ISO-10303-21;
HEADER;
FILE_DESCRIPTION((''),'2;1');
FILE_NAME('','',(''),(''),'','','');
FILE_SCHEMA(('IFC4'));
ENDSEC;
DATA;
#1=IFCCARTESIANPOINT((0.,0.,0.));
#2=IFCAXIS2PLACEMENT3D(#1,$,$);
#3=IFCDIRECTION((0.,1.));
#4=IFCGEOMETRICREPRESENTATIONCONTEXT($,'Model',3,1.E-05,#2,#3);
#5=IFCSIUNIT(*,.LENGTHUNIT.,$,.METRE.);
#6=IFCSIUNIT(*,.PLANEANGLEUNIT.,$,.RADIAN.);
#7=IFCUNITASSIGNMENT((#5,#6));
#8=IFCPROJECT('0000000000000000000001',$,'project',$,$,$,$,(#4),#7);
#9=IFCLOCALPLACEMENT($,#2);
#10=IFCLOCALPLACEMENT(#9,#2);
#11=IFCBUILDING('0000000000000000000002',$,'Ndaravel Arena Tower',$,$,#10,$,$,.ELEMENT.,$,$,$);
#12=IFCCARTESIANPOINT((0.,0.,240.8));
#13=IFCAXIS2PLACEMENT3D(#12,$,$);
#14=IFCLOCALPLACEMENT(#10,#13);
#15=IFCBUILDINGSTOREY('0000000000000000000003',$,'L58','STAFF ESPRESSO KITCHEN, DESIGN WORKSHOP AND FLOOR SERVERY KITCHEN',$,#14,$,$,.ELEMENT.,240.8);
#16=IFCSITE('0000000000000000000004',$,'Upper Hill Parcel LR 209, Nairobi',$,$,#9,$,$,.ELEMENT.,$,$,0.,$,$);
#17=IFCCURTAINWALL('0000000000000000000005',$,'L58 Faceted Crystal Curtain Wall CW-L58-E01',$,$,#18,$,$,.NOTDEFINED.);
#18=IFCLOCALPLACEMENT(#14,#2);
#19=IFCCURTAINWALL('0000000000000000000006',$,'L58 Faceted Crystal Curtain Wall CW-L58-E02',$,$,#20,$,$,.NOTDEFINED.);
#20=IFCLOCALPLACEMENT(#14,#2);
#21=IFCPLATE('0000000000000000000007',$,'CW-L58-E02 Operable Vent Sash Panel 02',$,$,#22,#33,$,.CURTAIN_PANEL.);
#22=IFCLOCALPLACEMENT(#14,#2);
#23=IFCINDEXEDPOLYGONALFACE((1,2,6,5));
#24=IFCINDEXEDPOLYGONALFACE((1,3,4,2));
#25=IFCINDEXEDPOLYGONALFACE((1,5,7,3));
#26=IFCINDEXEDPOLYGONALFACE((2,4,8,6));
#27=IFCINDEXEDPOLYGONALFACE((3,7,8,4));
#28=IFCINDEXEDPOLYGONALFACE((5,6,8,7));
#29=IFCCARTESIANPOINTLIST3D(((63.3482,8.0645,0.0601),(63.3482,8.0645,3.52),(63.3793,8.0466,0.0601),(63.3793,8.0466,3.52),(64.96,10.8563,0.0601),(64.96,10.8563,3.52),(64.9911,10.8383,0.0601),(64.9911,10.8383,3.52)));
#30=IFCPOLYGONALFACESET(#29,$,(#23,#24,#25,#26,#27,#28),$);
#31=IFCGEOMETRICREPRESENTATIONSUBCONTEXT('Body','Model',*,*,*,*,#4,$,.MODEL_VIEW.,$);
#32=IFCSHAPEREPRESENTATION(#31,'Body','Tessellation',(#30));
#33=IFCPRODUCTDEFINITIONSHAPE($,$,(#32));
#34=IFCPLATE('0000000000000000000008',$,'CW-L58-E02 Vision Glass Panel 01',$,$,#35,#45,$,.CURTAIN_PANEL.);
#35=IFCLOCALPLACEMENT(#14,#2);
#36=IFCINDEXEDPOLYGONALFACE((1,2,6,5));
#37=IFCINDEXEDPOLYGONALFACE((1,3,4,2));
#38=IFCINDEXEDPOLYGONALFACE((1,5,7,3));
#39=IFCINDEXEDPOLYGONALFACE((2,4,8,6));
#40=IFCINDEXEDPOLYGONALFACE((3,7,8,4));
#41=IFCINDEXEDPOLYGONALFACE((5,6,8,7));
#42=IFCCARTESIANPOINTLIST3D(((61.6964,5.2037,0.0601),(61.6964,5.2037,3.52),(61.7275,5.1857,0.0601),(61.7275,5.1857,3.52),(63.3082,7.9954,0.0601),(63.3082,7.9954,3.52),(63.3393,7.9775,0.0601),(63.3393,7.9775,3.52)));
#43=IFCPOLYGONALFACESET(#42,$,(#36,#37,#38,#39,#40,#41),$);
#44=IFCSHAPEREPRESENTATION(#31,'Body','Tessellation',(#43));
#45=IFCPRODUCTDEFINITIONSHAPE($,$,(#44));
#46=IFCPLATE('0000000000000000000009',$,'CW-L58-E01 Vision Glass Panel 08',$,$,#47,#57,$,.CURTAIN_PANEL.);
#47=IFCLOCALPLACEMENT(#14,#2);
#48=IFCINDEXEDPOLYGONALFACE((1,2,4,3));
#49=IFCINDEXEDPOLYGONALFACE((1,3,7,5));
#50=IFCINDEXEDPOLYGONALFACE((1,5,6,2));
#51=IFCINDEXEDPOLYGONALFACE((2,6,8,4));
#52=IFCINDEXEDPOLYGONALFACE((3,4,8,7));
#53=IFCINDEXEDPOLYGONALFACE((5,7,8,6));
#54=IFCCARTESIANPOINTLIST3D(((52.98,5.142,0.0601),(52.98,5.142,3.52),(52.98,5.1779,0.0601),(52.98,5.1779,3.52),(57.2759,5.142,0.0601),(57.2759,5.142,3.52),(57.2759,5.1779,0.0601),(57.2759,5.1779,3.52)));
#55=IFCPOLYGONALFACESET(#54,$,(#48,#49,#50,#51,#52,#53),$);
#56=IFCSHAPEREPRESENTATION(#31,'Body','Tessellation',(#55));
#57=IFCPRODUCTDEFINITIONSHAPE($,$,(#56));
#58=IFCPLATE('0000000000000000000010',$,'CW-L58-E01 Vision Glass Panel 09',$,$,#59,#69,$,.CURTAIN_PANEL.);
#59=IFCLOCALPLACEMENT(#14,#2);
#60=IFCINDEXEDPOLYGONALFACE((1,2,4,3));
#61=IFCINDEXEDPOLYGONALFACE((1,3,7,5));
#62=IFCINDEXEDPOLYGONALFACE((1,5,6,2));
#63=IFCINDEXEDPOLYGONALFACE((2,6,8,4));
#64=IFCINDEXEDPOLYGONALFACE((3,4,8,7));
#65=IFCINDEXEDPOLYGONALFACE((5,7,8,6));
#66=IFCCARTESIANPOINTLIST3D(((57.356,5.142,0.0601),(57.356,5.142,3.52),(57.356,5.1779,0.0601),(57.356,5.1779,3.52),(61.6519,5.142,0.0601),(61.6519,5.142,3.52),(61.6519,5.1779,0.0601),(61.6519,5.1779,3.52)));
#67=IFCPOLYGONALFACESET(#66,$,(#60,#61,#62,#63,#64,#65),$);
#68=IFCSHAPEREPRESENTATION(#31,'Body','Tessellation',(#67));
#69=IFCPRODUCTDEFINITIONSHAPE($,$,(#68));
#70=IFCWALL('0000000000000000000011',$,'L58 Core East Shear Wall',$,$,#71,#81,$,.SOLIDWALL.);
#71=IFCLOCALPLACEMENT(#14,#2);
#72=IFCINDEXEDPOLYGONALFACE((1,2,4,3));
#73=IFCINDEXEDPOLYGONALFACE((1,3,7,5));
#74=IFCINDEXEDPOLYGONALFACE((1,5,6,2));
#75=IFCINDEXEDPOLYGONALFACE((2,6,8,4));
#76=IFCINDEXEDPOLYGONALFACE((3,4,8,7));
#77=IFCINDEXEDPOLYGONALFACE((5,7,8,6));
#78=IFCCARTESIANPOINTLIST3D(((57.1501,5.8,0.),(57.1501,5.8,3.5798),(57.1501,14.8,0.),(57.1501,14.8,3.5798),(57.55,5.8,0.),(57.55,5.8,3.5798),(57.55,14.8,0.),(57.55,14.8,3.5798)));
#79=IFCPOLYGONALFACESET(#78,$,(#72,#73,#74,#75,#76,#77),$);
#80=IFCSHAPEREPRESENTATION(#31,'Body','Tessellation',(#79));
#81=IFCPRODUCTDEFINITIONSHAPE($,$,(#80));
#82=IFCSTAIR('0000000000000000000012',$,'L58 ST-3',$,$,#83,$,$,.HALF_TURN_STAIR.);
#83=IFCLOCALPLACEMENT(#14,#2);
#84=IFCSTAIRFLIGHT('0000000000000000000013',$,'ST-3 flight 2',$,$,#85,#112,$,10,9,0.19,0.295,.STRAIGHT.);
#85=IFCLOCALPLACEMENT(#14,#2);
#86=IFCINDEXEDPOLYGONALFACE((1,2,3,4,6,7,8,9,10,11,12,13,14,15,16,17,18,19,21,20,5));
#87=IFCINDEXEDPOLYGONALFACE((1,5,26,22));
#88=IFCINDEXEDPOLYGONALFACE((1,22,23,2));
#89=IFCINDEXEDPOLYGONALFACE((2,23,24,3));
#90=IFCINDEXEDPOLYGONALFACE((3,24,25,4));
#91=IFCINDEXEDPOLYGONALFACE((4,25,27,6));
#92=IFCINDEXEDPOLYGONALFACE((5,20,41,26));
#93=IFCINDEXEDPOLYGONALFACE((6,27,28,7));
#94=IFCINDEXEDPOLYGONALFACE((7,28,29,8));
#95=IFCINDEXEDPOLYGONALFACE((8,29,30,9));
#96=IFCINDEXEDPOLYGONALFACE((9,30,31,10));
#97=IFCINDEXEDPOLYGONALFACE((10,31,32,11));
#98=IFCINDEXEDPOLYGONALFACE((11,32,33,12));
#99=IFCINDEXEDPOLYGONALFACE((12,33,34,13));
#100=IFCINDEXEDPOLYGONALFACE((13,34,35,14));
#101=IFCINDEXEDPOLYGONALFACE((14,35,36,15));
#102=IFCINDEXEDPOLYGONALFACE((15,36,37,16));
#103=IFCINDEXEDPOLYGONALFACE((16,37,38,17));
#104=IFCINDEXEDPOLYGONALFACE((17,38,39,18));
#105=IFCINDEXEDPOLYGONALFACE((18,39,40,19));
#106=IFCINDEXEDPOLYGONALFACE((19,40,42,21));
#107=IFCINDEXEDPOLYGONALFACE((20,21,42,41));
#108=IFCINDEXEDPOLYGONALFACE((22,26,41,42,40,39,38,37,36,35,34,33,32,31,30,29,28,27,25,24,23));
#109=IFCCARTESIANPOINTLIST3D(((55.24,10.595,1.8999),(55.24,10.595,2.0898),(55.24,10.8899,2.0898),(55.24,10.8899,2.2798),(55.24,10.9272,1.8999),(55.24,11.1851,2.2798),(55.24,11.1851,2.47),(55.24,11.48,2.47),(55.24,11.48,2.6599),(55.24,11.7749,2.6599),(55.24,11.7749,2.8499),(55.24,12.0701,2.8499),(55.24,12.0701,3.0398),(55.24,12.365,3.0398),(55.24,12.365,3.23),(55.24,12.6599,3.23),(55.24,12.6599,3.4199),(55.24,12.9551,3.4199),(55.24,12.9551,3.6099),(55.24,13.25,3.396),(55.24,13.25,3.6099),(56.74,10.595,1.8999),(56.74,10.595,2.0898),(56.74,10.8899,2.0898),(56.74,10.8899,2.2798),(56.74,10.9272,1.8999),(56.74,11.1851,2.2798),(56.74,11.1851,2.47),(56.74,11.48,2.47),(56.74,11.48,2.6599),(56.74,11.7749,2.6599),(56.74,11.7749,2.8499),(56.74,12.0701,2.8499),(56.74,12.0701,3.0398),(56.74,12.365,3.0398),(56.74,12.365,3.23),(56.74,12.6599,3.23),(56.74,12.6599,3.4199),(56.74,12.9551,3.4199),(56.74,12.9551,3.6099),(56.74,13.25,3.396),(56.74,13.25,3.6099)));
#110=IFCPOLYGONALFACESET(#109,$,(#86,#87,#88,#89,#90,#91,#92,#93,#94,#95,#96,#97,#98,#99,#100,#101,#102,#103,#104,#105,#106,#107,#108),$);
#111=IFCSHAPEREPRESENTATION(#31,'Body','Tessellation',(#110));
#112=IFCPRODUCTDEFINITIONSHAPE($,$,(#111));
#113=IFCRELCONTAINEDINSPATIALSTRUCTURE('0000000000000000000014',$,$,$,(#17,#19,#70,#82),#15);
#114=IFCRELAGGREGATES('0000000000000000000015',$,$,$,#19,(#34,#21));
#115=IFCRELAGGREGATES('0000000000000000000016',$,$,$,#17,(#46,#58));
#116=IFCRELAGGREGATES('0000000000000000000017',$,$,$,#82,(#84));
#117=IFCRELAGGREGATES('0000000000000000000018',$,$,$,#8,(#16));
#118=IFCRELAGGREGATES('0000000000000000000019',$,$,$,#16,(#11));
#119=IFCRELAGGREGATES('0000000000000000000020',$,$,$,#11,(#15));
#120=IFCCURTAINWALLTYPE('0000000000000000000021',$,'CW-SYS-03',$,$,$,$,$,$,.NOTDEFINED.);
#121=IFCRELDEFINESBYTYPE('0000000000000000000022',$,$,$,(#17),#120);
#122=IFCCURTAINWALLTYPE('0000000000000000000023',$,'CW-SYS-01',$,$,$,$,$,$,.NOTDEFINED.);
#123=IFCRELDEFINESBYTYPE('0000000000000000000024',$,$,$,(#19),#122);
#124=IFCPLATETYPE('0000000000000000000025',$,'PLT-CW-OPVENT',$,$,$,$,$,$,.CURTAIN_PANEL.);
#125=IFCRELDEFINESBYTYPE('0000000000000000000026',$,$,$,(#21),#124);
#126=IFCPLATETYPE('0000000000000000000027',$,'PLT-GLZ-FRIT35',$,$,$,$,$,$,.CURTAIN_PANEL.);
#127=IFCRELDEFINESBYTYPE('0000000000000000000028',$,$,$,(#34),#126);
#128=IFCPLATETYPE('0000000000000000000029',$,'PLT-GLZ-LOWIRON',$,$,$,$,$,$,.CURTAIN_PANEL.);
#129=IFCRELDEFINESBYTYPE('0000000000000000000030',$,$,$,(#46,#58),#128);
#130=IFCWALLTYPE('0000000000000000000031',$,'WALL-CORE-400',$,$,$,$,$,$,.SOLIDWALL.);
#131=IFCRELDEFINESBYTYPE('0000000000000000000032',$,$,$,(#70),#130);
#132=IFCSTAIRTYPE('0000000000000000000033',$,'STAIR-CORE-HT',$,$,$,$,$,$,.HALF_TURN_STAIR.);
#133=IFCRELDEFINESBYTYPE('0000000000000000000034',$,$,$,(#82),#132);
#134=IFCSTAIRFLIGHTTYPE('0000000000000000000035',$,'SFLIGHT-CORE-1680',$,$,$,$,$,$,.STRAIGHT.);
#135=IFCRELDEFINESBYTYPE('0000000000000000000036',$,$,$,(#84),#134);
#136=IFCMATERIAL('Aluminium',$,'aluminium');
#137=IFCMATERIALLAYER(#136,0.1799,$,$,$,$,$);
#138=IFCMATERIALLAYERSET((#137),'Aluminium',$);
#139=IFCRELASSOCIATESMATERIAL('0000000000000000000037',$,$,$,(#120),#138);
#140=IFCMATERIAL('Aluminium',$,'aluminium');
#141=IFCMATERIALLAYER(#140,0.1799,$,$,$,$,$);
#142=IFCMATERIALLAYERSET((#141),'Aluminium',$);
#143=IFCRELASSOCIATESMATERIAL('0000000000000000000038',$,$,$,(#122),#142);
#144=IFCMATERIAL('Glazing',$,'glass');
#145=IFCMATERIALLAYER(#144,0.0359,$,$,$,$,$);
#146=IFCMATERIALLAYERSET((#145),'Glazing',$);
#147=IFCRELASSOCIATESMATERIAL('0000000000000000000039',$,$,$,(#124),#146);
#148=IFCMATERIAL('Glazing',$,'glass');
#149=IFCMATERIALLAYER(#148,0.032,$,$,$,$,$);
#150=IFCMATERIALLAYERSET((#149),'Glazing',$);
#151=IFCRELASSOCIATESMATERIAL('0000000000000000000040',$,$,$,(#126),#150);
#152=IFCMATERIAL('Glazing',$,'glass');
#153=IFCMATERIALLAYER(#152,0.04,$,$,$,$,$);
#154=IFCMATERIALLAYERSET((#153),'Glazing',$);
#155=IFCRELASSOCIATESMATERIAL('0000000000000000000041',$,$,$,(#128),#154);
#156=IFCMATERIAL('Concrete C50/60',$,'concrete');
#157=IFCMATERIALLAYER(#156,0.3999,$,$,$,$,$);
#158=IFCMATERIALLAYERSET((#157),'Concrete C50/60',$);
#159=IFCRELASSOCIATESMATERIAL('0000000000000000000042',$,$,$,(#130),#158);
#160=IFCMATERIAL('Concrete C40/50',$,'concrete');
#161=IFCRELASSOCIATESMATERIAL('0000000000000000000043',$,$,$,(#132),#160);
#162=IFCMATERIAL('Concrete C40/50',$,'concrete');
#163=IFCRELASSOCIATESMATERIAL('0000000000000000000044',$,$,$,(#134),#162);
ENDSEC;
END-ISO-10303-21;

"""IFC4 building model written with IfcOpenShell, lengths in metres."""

from ifc_helpers import new_model, si_unit, direction, frame, frame_2d, origin, origin_2d, place, context, subcontext, project, spatial, polyline, rectangle, outline, extrude, material, layer, layer_set, type_object, element, aggregate, save


model = new_model("IFC4")

# Units and contexts
model_context = context("Model", 3, precision=1e-05, world=origin(), true_north=direction((0.0, 1.0)))
body_context = subcontext(model_context, "Body", "Model", "MODEL_VIEW")
ifc_project = project(units=[si_unit("LENGTHUNIT", "METRE"), si_unit("PLANEANGLEUNIT", "RADIAN")], contexts=[model_context])

# Site, building, storey
site_placement = place(None, origin())
site = spatial("IfcSite", under=ifc_project, at=site_placement, Name="Upper Hill Parcel LR 209, Nairobi", CompositionType="ELEMENT", RefElevation=0.0)
building_placement = place(site_placement, origin())
building = spatial("IfcBuilding", under=site, at=building_placement, Name="Ndaravel Arena Tower", CompositionType="ELEMENT")
storey_placement = place(building_placement, frame((0.0, 0.0, 240.8)))
storey = spatial("IfcBuildingStorey", under=building, at=storey_placement, Name="L58", Description="STAFF ESPRESSO KITCHEN, DESIGN WORKSHOP AND FLOOR SERVERY KITCHEN", CompositionType="ELEMENT", Elevation=240.8)

# Curtain wall
ifc_material_1 = material(Name="Aluminium", Category="aluminium")
ifc_layer_1 = layer(ifc_material_1, 0.1799)
ifc_layer_set_1 = layer_set([ifc_layer_1], Name="Aluminium")
curtain_wall_type_1 = type_object("IfcCurtainWallType", Name="CW-SYS-03", PredefinedType="NOTDEFINED", material=ifc_layer_set_1)
curtain_wall_1_placement = place(storey_placement, origin())
curtain_wall_1 = element("IfcCurtainWall", 1, at=curtain_wall_1_placement, inside=storey, type_object=curtain_wall_type_1, Name="L58 Faceted Crystal Curtain Wall CW-L58-E01", PredefinedType="NOTDEFINED")

# Curtain wall
ifc_material_2 = material(Name="Aluminium", Category="aluminium")
ifc_layer_2 = layer(ifc_material_2, 0.1799)
ifc_layer_set_2 = layer_set([ifc_layer_2], Name="Aluminium")
curtain_wall_type_2 = type_object("IfcCurtainWallType", Name="CW-SYS-01", PredefinedType="NOTDEFINED", material=ifc_layer_set_2)
curtain_wall_2_placement = place(storey_placement, origin())
curtain_wall_2 = element("IfcCurtainWall", 2, at=curtain_wall_2_placement, inside=storey, type_object=curtain_wall_type_2, Name="L58 Faceted Crystal Curtain Wall CW-L58-E02", PredefinedType="NOTDEFINED")

# Plates
ifc_material_3 = material(Name="Glazing", Category="glass")
ifc_layer_3 = layer(ifc_material_3, 0.0359)
ifc_layer_set_3 = layer_set([ifc_layer_3], Name="Glazing")
plate_type_1 = type_object("IfcPlateType", Name="PLT-CW-OPVENT", PredefinedType="CURTAIN_PANEL", material=ifc_layer_set_3)
plate_1_placement = place(storey_placement, frame((64.1697, 9.4514, 0.0601), z_axis=(0.0, 0.0, 1.0), x_axis=(0.5, 0.866025, 0.0)))
plate_1 = element("IfcPlate", 3, at=plate_1_placement, type_object=plate_type_1, Name="CW-L58-E02 Operable Vent Sash Panel 02", PredefinedType="CURTAIN_PANEL", context=body_context, shape_type="SweptSolid", body=[
    extrude(rectangle(XDim=3.2236, YDim=0.0359, at=origin_2d()), origin(), (0.0, 0.0, 1.0), 3.46),
])
ifc_material_4 = material(Name="Glazing", Category="glass")
ifc_layer_4 = layer(ifc_material_4, 0.032)
ifc_layer_set_4 = layer_set([ifc_layer_4], Name="Glazing")
plate_type_2 = type_object("IfcPlateType", Name="PLT-GLZ-FRIT35", PredefinedType="CURTAIN_PANEL", material=ifc_layer_set_4)
plate_2_placement = place(storey_placement, frame((62.5178, 6.5906, 0.0601), z_axis=(0.0, 0.0, 1.0), x_axis=(0.5, 0.866025, 0.0)))
plate_2 = element("IfcPlate", 4, at=plate_2_placement, type_object=plate_type_2, Name="CW-L58-E02 Vision Glass Panel 01", PredefinedType="CURTAIN_PANEL", context=body_context, shape_type="SweptSolid", body=[
    extrude(rectangle(XDim=3.2236, YDim=0.0359, at=origin_2d()), origin(), (0.0, 0.0, 1.0), 3.46),
])
aggregate(curtain_wall_2, [plate_2, plate_1])
ifc_material_5 = material(Name="Glazing", Category="glass")
ifc_layer_5 = layer(ifc_material_5, 0.04)
ifc_layer_set_5 = layer_set([ifc_layer_5], Name="Glazing")
plate_type_3 = type_object("IfcPlateType", Name="PLT-GLZ-LOWIRON", PredefinedType="CURTAIN_PANEL", material=ifc_layer_set_5)
plate_3_placement = place(storey_placement, frame((55.1279, 5.1599, 0.0601), z_axis=(0.0, 0.0, 1.0), x_axis=(1.0, 0.0, 0.0)))
plate_3 = element("IfcPlate", 5, at=plate_3_placement, type_object=plate_type_3, Name="CW-L58-E01 Vision Glass Panel 08", PredefinedType="CURTAIN_PANEL", context=body_context, shape_type="SweptSolid", body=[
    extrude(rectangle(XDim=4.2959, YDim=0.0359, at=origin_2d()), origin(), (0.0, 0.0, 1.0), 3.46),
])
plate_4_placement = place(storey_placement, frame((59.5039, 5.1599, 0.0601), z_axis=(0.0, 0.0, 1.0), x_axis=(1.0, 0.0, 0.0)))
plate_4 = element("IfcPlate", 6, at=plate_4_placement, type_object=plate_type_3, Name="CW-L58-E01 Vision Glass Panel 09", PredefinedType="CURTAIN_PANEL", context=body_context, shape_type="SweptSolid", body=[
    extrude(rectangle(XDim=4.2959, YDim=0.0359, at=origin_2d()), origin(), (0.0, 0.0, 1.0), 3.46),
])
aggregate(curtain_wall_1, [plate_3, plate_4])

# Wall
ifc_material_6 = material(Name="Concrete C50/60", Category="concrete")
ifc_layer_6 = layer(ifc_material_6, 0.3999)
ifc_layer_set_6 = layer_set([ifc_layer_6], Name="Concrete C50/60")
wall_type = type_object("IfcWallType", Name="WALL-CORE-400", PredefinedType="SOLIDWALL", material=ifc_layer_set_6)
wall_placement = place(storey_placement, frame((57.3501, 5.8, 0.0), z_axis=(0.0, 0.0, 1.0), x_axis=(0.0, 1.0, 0.0)))
element("IfcWall", 7, at=wall_placement, inside=storey, type_object=wall_type, Name="L58 Core East Shear Wall", PredefinedType="SOLIDWALL", context=body_context, shape_type="SweptSolid", body=[
    extrude(rectangle(XDim=9.0, YDim=0.3999, at=frame_2d((4.5, 0.0))), origin(), (0.0, 0.0, 1.0), 3.5798),
])

# Stair, stair flight
ifc_material_7 = material(Name="Concrete C40/50", Category="concrete")
stair_type = type_object("IfcStairType", Name="STAIR-CORE-HT", PredefinedType="HALF_TURN_STAIR", material=ifc_material_7)
stair_placement = place(storey_placement, origin())
stair = element("IfcStair", 8, at=stair_placement, inside=storey, type_object=stair_type, Name="L58 ST-3", PredefinedType="HALF_TURN_STAIR")
ifc_material_8 = material(Name="Concrete C40/50", Category="concrete")
stair_flight_type = type_object("IfcStairFlightType", Name="SFLIGHT-CORE-1680", PredefinedType="STRAIGHT", material=ifc_material_8)
stair_flight_placement = place(storey_placement, frame((55.99, 10.595, 1.8999), z_axis=(0.0, 0.0, 1.0), x_axis=(0.0, 1.0, 0.0)))
stair_flight = element("IfcStairFlight", 9, at=stair_flight_placement, type_object=stair_flight_type, Name="ST-3 flight 2", NumberOfRisers=10, NumberOfTreads=9, PredefinedType="STRAIGHT", RiserHeight=0.19, TreadLength=0.295, context=body_context, shape_type="SweptSolid", body=[
    extrude(outline(polyline([(0.0, 0.0), (0.0, 0.1899), (0.2949, 0.1899), (0.2949, 0.3799), (0.5901, 0.3799), (0.5901, 0.5701), (0.885, 0.5701), (0.885, 0.76), (1.1799, 0.76), (1.1799, 0.95), (1.4751, 0.95), (1.4751, 1.1399), (1.77, 1.1399), (1.77, 1.3301), (2.0649, 1.3301), (2.0649, 1.52), (2.3601, 1.52), (2.3601, 1.71), (2.655, 1.71), (2.655, 1.8999), (2.655, 1.4961), (0.3323, 0.0), (0.0, 0.0)])), frame((0.0, 0.75, 0.0), z_axis=(0.0, -1.0, 0.0), x_axis=(1.0, 0.0, 0.0)), (0.0, 0.0, 1.0), 1.5),
])
aggregate(stair, [stair_flight])

save(model, "model.ifc")
